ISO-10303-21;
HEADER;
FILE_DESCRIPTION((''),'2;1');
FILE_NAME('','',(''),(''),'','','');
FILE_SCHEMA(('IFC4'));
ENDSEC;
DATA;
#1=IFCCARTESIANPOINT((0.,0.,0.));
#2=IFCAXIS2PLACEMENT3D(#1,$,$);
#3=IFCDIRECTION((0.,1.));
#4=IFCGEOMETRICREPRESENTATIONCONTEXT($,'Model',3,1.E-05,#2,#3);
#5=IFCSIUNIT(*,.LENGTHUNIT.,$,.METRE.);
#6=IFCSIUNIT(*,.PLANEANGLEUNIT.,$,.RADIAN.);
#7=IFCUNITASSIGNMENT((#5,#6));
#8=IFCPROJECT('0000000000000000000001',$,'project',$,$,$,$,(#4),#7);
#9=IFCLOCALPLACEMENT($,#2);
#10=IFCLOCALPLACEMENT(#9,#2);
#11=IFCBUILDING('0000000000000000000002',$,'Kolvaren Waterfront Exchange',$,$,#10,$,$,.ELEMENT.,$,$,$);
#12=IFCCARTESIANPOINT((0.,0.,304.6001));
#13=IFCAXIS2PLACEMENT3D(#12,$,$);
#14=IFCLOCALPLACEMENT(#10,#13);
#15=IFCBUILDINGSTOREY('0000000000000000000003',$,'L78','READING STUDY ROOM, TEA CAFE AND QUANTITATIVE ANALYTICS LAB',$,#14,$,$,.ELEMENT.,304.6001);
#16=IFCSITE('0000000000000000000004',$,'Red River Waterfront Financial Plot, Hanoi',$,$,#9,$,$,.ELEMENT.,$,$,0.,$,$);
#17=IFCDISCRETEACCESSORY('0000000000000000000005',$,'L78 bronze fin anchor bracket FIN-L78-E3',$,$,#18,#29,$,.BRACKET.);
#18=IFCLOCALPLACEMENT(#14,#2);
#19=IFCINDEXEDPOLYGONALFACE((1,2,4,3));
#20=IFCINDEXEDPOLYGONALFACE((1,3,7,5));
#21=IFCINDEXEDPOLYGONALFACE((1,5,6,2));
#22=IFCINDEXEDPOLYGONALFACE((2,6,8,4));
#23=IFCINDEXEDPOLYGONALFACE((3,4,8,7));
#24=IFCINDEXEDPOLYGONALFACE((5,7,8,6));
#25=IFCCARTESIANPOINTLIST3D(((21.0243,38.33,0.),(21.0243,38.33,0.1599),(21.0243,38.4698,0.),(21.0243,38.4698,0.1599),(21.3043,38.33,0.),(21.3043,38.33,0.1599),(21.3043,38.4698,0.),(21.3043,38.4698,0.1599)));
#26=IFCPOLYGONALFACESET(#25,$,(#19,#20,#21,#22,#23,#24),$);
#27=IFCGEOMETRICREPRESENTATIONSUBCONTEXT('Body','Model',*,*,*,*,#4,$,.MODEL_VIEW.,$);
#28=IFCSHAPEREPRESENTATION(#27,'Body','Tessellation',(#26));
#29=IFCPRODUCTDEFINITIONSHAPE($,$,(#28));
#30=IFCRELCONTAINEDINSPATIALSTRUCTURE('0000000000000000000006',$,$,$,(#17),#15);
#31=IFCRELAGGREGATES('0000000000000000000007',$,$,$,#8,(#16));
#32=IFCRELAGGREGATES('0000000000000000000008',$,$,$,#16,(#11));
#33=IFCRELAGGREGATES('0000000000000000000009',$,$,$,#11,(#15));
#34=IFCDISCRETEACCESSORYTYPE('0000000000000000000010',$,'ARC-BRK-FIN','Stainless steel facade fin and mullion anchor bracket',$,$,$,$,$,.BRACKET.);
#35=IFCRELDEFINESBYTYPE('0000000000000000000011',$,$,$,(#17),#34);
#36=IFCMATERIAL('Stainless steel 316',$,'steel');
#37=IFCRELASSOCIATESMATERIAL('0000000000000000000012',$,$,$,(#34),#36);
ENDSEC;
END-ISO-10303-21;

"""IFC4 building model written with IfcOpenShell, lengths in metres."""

from ifc_helpers import new_model, si_unit, direction, frame, origin, origin_with_axes, origin_2d, place, context, subcontext, project, spatial, rectangle, extrude, source, transform, mapped, material, type_object, element, save


model = new_model("IFC4")

# Units and contexts
model_context = context("Model", 3, precision=1e-05, world=origin(), true_north=direction((0.0, 1.0)))
body_context = subcontext(model_context, "Body", "Model", "MODEL_VIEW")
ifc_project = project(units=[si_unit("LENGTHUNIT", "METRE"), si_unit("PLANEANGLEUNIT", "RADIAN")], contexts=[model_context])

# Site, building, storey
site_placement = place(None, origin())
site = spatial("IfcSite", under=ifc_project, at=site_placement, Name="Red River Waterfront Financial Plot, Hanoi", CompositionType="ELEMENT", RefElevation=0.0)
building_placement = place(site_placement, origin())
building = spatial("IfcBuilding", under=site, at=building_placement, Name="Kolvaren Waterfront Exchange", CompositionType="ELEMENT")
storey_placement = place(building_placement, frame((0.0, 0.0, 304.6001)))
storey = spatial("IfcBuildingStorey", under=building, at=storey_placement, Name="L78", Description="READING STUDY ROOM, TEA CAFE AND QUANTITATIVE ANALYTICS LAB", CompositionType="ELEMENT", Elevation=304.6001)

# Shared definitions
ifc_material_1 = material(Name="Stainless steel 316", Category="steel")

# Discrete accessory
discrete_accessory_type = type_object("IfcDiscreteAccessoryType", Name="ARC-BRK-FIN", Description="Stainless steel facade fin and mullion anchor bracket", PredefinedType="BRACKET", material=ifc_material_1)
shared_shape_1 = source(origin_with_axes(), body_context, "Body", "SweptSolid", [
    extrude(rectangle(XDim=0.28, YDim=0.1399, at=origin_2d()), origin(), (0.0, 0.0, 1.0), 0.1599),
])
for number, where, z_axis, x_axis, name in (
    (1, (21.1643, 38.3999, 0.0), (0.0, 0.0, 1.0), (1.0, 0.0, 0.0), "L78 bronze fin anchor bracket FIN-L78-E3"),
):
    element("IfcDiscreteAccessory", number, at=place(storey_placement, frame(where, z_axis=z_axis, x_axis=x_axis)), inside=storey, type_object=discrete_accessory_type, Name=name, PredefinedType="BRACKET", context=body_context, shape_type="MappedRepresentation", body=[
        mapped(shared_shape_1, transform((0.0, 0.0, 0.0), x_axis=(1.0, 0.0, 0.0), y_axis=(0.0, 1.0, 0.0), z_axis=(0.0, 0.0, 1.0), scale=1.0)),
    ])

save(model, "model.ifc")
